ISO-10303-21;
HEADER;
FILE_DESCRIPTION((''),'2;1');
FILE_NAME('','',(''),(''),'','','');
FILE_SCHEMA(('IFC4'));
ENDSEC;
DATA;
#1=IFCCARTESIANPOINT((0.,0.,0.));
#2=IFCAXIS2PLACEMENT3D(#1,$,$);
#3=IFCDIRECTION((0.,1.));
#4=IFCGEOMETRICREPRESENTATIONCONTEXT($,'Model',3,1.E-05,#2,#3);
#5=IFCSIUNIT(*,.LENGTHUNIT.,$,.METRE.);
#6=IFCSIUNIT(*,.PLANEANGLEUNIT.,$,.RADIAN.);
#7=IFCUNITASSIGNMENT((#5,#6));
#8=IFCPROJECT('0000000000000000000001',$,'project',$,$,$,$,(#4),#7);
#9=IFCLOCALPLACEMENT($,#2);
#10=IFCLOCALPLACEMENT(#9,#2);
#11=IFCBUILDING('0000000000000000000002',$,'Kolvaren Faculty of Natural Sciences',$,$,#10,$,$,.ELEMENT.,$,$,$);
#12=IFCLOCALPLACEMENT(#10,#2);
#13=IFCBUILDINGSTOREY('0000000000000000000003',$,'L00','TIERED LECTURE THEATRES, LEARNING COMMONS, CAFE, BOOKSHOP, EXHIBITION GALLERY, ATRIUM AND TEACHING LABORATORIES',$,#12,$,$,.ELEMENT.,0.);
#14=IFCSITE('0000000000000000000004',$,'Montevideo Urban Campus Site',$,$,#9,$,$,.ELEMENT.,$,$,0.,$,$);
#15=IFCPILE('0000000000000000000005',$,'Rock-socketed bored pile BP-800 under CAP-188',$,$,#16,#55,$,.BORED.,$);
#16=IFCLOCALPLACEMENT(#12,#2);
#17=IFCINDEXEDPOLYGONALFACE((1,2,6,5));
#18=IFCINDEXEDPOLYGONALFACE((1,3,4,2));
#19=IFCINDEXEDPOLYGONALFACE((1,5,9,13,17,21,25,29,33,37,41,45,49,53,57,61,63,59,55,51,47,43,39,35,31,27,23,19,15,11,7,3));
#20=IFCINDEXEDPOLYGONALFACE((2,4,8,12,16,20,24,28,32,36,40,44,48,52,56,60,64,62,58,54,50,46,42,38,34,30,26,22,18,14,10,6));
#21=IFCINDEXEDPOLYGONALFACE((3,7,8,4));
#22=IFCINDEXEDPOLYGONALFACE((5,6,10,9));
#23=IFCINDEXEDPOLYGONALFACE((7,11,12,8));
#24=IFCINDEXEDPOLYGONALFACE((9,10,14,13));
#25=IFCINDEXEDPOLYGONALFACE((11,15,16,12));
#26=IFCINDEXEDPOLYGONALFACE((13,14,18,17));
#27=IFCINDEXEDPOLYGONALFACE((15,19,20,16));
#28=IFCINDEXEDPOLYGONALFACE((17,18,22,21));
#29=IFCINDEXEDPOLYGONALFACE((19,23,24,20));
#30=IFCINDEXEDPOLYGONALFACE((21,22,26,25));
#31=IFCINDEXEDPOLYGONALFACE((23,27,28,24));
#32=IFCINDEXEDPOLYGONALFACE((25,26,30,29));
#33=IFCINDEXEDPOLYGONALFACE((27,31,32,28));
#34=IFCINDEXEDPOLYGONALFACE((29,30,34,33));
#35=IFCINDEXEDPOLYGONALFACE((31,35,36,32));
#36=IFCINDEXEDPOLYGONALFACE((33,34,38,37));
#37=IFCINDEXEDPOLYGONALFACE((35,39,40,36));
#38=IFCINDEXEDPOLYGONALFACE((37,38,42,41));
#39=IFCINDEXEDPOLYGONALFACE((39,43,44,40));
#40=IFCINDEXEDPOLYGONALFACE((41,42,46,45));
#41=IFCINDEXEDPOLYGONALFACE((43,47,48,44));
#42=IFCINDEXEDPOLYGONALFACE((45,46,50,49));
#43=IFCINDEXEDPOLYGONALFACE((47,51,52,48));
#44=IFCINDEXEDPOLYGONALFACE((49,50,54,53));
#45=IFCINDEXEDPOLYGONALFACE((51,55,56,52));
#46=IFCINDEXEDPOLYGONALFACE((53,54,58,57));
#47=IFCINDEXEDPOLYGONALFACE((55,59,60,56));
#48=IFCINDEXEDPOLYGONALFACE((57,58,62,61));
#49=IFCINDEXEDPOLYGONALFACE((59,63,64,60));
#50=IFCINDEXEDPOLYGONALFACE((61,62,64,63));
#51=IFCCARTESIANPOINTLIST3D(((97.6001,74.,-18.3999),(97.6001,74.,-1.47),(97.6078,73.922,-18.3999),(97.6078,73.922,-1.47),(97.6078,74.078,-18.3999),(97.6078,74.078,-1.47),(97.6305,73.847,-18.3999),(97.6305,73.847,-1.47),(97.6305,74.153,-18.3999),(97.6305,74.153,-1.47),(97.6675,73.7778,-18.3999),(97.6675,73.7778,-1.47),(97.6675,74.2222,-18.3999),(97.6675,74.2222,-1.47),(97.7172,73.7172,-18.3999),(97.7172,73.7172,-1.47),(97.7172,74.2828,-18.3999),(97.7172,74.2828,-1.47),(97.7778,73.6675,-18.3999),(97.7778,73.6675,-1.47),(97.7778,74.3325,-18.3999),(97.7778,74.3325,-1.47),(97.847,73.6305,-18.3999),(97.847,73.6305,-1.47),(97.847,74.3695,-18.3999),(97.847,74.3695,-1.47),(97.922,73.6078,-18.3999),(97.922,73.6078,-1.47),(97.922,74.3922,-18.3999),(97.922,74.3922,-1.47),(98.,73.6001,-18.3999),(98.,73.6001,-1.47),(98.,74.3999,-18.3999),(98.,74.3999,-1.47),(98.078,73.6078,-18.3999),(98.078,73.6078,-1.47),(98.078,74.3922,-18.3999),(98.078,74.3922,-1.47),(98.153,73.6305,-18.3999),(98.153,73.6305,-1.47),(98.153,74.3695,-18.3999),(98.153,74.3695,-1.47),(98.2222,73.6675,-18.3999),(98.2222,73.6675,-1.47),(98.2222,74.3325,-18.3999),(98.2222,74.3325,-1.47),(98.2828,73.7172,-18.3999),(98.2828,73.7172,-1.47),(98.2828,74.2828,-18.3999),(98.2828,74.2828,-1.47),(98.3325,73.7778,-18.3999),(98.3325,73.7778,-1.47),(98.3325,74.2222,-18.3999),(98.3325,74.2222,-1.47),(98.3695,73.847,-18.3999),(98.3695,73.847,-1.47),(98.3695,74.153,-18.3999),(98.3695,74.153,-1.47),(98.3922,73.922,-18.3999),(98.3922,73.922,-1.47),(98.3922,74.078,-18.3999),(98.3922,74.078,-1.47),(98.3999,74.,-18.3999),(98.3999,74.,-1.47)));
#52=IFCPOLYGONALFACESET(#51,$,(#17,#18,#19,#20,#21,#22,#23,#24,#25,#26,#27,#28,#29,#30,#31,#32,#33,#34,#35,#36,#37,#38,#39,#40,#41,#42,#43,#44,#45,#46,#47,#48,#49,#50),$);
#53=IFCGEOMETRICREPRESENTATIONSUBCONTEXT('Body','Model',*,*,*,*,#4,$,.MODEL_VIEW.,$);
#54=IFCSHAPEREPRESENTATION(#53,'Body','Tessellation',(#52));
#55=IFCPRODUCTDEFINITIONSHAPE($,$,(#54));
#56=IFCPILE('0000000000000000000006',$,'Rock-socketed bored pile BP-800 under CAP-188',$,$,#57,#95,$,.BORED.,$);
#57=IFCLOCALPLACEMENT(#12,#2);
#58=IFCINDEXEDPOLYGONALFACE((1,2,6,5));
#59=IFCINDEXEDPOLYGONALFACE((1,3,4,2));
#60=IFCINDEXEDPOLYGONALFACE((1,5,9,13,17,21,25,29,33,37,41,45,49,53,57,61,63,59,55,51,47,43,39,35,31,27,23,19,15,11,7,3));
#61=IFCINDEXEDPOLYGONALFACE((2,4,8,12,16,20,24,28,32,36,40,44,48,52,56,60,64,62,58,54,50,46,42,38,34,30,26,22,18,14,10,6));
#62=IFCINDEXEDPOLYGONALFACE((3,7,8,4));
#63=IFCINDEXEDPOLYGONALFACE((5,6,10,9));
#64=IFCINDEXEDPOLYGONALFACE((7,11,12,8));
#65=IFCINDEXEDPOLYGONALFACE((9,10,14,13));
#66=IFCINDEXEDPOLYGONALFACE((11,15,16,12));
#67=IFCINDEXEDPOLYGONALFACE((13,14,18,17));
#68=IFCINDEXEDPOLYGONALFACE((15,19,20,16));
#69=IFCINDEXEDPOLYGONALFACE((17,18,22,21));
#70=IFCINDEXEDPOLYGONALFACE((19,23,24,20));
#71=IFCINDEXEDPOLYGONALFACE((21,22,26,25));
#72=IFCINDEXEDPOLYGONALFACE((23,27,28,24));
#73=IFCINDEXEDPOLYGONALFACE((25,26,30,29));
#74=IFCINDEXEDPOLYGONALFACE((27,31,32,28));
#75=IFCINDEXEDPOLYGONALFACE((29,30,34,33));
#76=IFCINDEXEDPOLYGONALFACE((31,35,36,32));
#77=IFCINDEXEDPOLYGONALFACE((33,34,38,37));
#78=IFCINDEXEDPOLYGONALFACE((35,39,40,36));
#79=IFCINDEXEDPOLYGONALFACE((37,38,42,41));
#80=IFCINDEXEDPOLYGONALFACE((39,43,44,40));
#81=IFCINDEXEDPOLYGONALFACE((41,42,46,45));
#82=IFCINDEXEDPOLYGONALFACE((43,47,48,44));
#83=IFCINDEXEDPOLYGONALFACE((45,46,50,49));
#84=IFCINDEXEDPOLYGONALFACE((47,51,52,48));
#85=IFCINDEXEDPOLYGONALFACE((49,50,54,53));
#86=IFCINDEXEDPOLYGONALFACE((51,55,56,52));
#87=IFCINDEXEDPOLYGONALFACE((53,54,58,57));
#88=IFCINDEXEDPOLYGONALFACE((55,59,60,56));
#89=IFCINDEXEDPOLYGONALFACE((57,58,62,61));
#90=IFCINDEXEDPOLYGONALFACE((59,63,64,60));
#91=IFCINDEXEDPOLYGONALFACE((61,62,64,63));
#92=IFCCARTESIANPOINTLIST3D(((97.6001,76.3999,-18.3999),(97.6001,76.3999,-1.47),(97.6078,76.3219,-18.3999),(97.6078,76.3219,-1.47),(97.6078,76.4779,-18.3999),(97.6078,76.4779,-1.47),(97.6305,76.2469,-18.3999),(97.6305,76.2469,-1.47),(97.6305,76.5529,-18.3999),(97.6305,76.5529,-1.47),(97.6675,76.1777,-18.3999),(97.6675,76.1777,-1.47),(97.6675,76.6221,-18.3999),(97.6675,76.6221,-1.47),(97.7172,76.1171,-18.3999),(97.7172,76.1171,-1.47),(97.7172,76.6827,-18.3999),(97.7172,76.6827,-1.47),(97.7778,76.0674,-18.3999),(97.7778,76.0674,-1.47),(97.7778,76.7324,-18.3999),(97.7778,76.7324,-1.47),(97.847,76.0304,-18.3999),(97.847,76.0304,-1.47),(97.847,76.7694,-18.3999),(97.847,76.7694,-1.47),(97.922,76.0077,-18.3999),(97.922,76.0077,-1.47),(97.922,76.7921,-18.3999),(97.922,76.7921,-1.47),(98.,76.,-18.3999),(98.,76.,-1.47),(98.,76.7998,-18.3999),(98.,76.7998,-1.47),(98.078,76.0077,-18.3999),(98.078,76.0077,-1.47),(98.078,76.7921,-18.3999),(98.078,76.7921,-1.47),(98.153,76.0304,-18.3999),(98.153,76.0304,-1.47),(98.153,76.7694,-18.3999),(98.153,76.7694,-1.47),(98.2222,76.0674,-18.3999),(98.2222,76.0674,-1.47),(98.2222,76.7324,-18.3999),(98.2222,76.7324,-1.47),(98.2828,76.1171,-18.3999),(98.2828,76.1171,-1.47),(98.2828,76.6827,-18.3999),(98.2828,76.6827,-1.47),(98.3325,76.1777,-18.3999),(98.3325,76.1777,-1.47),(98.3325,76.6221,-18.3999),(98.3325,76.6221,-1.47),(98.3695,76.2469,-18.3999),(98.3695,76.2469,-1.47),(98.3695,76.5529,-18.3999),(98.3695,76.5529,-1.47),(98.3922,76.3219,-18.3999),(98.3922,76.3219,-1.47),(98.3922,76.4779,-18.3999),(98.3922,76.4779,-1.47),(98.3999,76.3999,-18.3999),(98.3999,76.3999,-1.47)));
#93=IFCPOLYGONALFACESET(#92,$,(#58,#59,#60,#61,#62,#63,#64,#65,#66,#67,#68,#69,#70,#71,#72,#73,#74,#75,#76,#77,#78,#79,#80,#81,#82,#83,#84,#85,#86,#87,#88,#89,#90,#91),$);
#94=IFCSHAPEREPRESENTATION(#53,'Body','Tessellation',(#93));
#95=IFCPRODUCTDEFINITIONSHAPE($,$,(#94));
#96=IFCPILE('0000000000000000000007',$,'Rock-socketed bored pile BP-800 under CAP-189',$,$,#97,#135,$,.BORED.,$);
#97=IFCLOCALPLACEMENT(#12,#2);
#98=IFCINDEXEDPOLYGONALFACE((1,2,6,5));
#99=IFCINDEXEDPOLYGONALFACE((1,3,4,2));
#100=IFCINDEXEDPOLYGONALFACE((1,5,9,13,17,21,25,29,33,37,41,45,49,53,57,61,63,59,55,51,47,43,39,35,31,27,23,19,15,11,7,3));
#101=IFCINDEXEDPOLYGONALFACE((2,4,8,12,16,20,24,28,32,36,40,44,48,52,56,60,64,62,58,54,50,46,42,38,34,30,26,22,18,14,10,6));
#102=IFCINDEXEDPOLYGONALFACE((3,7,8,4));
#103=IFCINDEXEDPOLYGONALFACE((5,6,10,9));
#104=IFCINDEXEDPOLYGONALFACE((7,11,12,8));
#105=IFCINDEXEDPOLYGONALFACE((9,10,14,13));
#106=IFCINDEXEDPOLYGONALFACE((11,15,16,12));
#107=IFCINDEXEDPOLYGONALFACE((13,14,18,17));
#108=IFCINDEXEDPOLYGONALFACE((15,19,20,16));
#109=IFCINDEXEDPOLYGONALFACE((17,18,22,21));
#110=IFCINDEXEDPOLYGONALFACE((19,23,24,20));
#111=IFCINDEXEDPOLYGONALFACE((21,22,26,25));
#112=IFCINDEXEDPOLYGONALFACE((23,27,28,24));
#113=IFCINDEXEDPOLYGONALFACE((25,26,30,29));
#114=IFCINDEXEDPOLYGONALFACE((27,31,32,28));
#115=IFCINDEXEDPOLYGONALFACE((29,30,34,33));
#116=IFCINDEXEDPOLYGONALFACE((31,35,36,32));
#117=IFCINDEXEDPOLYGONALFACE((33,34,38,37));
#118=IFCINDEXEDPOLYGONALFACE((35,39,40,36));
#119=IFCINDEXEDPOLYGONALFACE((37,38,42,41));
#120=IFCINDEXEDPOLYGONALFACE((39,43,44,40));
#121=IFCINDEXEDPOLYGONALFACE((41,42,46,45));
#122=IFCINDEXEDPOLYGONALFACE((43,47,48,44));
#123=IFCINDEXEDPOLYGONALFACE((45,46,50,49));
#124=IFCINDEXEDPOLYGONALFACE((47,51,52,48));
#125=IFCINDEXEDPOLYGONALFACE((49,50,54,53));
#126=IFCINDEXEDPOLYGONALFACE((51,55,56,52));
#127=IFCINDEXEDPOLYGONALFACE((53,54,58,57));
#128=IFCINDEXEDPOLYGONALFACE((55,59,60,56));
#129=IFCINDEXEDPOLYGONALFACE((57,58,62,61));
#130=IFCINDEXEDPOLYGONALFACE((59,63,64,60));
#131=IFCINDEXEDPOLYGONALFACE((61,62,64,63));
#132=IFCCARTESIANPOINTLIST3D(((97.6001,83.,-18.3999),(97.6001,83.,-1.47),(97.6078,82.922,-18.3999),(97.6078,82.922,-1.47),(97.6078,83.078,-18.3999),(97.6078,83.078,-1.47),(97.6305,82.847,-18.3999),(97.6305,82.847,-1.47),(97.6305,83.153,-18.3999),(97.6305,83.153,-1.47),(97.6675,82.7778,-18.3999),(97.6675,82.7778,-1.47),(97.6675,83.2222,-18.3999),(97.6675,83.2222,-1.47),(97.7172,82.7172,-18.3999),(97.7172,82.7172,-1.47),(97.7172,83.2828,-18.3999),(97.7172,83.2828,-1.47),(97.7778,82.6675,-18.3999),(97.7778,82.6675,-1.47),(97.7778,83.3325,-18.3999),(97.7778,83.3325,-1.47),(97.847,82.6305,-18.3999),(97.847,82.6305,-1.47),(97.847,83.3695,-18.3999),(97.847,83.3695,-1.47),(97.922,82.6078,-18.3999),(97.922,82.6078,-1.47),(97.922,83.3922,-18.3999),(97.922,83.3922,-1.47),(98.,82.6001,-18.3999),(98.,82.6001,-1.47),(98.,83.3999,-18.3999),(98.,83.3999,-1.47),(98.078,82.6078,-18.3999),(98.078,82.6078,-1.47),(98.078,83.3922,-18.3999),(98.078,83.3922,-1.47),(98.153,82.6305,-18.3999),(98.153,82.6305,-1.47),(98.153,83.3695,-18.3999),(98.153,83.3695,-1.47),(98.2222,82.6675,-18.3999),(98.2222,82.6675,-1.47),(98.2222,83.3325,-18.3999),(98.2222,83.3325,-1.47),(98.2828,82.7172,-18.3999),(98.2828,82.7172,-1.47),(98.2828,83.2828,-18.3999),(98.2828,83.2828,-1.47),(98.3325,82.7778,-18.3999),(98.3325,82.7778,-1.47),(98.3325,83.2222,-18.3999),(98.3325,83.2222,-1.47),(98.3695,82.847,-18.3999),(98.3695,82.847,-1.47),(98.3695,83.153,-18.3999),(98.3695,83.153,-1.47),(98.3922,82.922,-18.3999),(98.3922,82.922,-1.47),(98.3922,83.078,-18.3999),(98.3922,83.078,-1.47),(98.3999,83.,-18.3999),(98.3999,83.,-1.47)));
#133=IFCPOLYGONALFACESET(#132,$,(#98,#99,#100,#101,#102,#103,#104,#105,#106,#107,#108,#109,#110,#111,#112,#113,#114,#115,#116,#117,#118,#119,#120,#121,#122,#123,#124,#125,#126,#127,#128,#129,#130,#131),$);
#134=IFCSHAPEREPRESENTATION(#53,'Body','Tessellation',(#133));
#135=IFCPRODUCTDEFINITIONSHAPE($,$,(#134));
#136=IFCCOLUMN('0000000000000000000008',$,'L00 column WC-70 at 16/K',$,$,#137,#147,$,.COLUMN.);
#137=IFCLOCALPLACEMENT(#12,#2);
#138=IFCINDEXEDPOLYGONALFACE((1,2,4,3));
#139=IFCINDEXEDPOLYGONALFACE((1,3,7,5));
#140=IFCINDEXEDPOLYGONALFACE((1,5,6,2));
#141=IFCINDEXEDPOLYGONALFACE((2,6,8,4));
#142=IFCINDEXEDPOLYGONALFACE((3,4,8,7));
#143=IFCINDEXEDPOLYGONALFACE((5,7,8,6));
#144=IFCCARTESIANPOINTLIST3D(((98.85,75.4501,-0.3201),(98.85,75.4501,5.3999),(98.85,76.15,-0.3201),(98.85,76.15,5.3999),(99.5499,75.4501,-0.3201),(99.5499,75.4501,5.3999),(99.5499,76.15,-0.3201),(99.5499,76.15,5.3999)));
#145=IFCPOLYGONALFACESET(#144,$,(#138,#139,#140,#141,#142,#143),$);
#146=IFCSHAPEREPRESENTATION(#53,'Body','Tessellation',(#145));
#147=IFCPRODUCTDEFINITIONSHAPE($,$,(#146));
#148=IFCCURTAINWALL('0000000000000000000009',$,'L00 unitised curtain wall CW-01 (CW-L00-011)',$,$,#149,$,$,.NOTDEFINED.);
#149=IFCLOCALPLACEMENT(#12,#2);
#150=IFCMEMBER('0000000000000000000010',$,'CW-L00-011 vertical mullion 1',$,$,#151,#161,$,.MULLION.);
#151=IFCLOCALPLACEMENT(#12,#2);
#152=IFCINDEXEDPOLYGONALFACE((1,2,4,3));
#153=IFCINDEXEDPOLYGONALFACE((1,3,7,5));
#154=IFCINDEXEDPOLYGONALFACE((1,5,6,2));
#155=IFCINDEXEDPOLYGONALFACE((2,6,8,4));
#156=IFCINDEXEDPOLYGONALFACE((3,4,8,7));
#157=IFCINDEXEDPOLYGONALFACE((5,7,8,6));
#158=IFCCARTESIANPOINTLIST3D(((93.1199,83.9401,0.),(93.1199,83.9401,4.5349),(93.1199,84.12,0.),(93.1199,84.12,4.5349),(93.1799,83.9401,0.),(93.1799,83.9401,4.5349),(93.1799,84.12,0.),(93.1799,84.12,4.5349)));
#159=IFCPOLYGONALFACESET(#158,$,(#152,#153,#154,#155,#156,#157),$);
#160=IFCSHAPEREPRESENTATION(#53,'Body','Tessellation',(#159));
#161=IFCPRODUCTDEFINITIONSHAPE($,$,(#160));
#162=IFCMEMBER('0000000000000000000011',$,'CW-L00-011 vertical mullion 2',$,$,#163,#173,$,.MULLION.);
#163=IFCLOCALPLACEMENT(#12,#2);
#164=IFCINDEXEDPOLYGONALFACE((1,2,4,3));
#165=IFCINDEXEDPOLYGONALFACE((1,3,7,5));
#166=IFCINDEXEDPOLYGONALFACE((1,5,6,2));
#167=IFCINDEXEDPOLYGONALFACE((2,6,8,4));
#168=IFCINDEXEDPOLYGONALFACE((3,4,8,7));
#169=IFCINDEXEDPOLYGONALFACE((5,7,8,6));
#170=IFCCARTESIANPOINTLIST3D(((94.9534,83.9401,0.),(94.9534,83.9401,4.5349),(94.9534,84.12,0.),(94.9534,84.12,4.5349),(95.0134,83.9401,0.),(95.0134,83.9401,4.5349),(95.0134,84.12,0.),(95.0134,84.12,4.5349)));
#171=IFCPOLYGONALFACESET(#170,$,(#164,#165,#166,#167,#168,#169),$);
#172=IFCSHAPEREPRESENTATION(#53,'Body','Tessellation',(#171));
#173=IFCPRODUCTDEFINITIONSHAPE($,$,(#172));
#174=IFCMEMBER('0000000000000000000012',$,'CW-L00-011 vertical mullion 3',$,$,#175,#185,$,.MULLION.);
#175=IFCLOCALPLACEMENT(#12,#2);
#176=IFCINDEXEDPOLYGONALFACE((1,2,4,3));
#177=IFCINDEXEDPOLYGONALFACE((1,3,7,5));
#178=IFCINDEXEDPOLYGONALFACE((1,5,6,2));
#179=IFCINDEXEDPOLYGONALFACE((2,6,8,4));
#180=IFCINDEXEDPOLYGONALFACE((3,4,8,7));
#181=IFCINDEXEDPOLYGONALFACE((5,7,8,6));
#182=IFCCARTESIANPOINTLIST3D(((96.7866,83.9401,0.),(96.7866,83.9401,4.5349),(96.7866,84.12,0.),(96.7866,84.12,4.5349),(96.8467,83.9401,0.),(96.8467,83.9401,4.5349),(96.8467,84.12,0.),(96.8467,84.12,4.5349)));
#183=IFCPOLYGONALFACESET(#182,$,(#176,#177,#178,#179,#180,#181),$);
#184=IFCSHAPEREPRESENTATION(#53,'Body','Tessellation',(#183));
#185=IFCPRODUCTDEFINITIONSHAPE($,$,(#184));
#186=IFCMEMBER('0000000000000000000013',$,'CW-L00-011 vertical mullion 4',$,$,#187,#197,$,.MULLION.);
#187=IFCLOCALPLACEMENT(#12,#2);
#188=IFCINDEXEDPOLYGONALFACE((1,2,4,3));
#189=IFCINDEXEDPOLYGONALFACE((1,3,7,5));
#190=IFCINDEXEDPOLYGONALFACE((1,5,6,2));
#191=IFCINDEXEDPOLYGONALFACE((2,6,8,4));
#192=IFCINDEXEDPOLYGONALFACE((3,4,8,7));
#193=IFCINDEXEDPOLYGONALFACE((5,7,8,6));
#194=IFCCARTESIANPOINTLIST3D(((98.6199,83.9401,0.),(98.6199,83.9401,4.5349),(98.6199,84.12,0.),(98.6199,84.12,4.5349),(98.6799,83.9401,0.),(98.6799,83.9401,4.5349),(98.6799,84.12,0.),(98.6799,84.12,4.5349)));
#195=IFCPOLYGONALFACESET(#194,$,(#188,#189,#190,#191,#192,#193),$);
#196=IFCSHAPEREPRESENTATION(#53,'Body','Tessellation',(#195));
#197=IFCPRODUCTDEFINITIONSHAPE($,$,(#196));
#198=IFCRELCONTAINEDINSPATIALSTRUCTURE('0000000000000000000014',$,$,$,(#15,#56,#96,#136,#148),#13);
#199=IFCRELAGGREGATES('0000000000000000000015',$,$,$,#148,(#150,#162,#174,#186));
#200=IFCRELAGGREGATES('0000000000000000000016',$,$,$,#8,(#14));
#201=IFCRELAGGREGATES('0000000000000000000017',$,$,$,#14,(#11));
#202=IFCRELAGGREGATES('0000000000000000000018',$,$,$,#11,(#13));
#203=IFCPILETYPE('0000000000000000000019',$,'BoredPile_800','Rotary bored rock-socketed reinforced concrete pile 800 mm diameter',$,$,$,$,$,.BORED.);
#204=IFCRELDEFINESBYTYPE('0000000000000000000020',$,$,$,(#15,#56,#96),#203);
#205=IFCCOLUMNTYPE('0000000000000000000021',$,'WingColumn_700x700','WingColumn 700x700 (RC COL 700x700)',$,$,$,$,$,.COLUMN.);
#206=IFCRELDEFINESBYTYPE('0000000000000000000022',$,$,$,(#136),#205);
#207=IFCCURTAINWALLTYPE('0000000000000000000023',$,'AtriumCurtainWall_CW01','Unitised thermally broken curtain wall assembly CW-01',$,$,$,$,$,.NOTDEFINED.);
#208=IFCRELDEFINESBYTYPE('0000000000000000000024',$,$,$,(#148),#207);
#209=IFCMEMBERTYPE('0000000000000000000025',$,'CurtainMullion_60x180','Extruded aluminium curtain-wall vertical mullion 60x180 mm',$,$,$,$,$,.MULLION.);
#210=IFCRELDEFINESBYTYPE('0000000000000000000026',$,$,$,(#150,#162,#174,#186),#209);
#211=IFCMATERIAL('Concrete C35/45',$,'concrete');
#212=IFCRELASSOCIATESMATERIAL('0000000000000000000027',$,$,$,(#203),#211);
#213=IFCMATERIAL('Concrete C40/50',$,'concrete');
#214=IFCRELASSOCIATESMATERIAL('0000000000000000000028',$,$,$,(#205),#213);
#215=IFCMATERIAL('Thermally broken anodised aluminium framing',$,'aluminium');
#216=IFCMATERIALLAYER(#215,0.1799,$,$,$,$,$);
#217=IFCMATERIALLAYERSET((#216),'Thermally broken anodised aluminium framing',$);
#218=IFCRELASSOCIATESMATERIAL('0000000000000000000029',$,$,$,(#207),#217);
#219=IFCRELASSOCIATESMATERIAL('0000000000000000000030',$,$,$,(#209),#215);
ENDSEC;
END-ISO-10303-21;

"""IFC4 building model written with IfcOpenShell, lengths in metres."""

from ifc_helpers import new_model, si_unit, direction, frame, origin, origin_2d, place, context, subcontext, project, spatial, rectangle, circle, extrude, material, layer, layer_set, material_profile, profile_set, type_object, element, aggregate, save


model = new_model("IFC4")

# Units and contexts
model_context = context("Model", 3, precision=1e-05, world=origin(), true_north=direction((0.0, 1.0)))
body_context = subcontext(model_context, "Body", "Model", "MODEL_VIEW")
ifc_project = project(units=[si_unit("LENGTHUNIT", "METRE"), si_unit("PLANEANGLEUNIT", "RADIAN")], contexts=[model_context])

# Site, building, storey
site_placement = place(None, origin())
site = spatial("IfcSite", under=ifc_project, at=site_placement, Name="Montevideo Urban Campus Site", CompositionType="ELEMENT", RefElevation=0.0)
building_placement = place(site_placement, origin())
building = spatial("IfcBuilding", under=site, at=building_placement, Name="Kolvaren Faculty of Natural Sciences", CompositionType="ELEMENT")
storey_placement = place(building_placement, origin())
storey = spatial("IfcBuildingStorey", under=building, at=storey_placement, Name="L00", Description="TIERED LECTURE THEATRES, LEARNING COMMONS, CAFE, BOOKSHOP, EXHIBITION GALLERY, ATRIUM AND TEACHING LABORATORIES", CompositionType="ELEMENT", Elevation=0.0)

# Piles
ifc_material_1 = material(Name="Concrete C35/45", Category="concrete")
ifc_material_profile_1 = material_profile(ifc_material_1, circle(Radius=0.3999, at=origin_2d()), Name="PILE D800")
ifc_profile_set_1 = profile_set([ifc_material_profile_1], Name="Concrete C35/45")
pile_type = type_object("IfcPileType", Name="BoredPile_800", Description="Rotary bored rock-socketed reinforced concrete pile 800 mm diameter", PredefinedType="BORED", material=ifc_profile_set_1)
for number, where, z_axis, x_axis, name in (
    (1, (98.0, 74.0, -1.47), (0.0, 0.0, -1.0), (1.0, 0.0, 0.0), "Rock-socketed bored pile BP-800 under CAP-188"),
    (2, (98.0, 76.3999, -1.47), (0.0, 0.0, -1.0), (1.0, 0.0, 0.0), "Rock-socketed bored pile BP-800 under CAP-188"),
    (3, (98.0, 83.0, -1.47), (0.0, 0.0, -1.0), (1.0, 0.0, 0.0), "Rock-socketed bored pile BP-800 under CAP-189"),
):
    element("IfcPile", number, at=place(storey_placement, frame(where, z_axis=z_axis, x_axis=x_axis)), inside=storey, type_object=pile_type, Name=name, PredefinedType="BORED", context=body_context, shape_type="SweptSolid", body=[
        extrude(circle(Radius=0.3999, at=origin_2d()), origin(), (0.0, 0.0, 1.0), 16.9299),
    ])

# Column
ifc_material_2 = material(Name="Concrete C40/50", Category="concrete")
ifc_material_profile_2 = material_profile(ifc_material_2, rectangle(XDim=0.7, YDim=0.7, at=origin_2d()), Name="RC COL 700x700")
ifc_profile_set_2 = profile_set([ifc_material_profile_2], Name="Concrete C40/50")
column_type = type_object("IfcColumnType", Name="WingColumn_700x700", Description="WingColumn 700x700 (RC COL 700x700)", PredefinedType="COLUMN", material=ifc_profile_set_2)
column_placement = place(storey_placement, frame((99.2, 75.8, -0.3201), z_axis=(0.0, 0.0, 1.0), x_axis=(1.0, 0.0, 0.0)))
element("IfcColumn", 4, at=column_placement, inside=storey, type_object=column_type, Name="L00 column WC-70 at 16/K", PredefinedType="COLUMN", context=body_context, shape_type="SweptSolid", body=[
    extrude(rectangle(XDim=0.7, YDim=0.7, at=origin_2d()), origin(), (0.0, 0.0, 1.0), 5.72),
])

# Curtain wall, members
ifc_material_3 = material(Name="Thermally broken anodised aluminium framing", Category="aluminium")
ifc_layer_1 = layer(ifc_material_3, 0.1799)
ifc_layer_set_1 = layer_set([ifc_layer_1], Name="Thermally broken anodised aluminium framing")
curtain_wall_type = type_object("IfcCurtainWallType", Name="AtriumCurtainWall_CW01", Description="Unitised thermally broken curtain wall assembly CW-01", PredefinedType="NOTDEFINED", material=ifc_layer_set_1)
curtain_wall_placement = place(storey_placement, origin())
curtain_wall = element("IfcCurtainWall", 5, at=curtain_wall_placement, inside=storey, type_object=curtain_wall_type, Name="L00 unitised curtain wall CW-01 (CW-L00-011)", PredefinedType="NOTDEFINED")
ifc_material_profile_3 = material_profile(ifc_material_3, rectangle(XDim=0.0601, YDim=0.1799, at=origin_2d()), Name="ALU MUL 60x180")
ifc_profile_set_3 = profile_set([ifc_material_profile_3], Name="Thermally broken anodised aluminium framing")
member_type_1 = type_object("IfcMemberType", Name="CurtainMullion_60x180", Description="Extruded aluminium curtain-wall vertical mullion 60x180 mm", PredefinedType="MULLION", material=ifc_profile_set_3)
member_1_placement = place(storey_placement, frame((93.1499, 84.03, 0.0), z_axis=(0.0, 0.0, 1.0), x_axis=(1.0, 0.0, 0.0)))
member_1 = element("IfcMember", 6, at=member_1_placement, type_object=member_type_1, Name="CW-L00-011 vertical mullion 1", PredefinedType="MULLION", context=body_context, shape_type="SweptSolid", body=[
    extrude(rectangle(XDim=0.0601, YDim=0.1799, at=origin_2d()), origin(), (0.0, 0.0, 1.0), 4.5349),
])
member_2_placement = place(storey_placement, frame((94.9834, 84.03, 0.0), z_axis=(0.0, 0.0, 1.0), x_axis=(1.0, 0.0, 0.0)))
member_2 = element("IfcMember", 7, at=member_2_placement, type_object=member_type_1, Name="CW-L00-011 vertical mullion 2", PredefinedType="MULLION", context=body_context, shape_type="SweptSolid", body=[
    extrude(rectangle(XDim=0.0601, YDim=0.1799, at=origin_2d()), origin(), (0.0, 0.0, 1.0), 4.5349),
])
member_3_placement = place(storey_placement, frame((96.8167, 84.03, 0.0), z_axis=(0.0, 0.0, 1.0), x_axis=(1.0, 0.0, 0.0)))
member_3 = element("IfcMember", 8, at=member_3_placement, type_object=member_type_1, Name="CW-L00-011 vertical mullion 3", PredefinedType="MULLION", context=body_context, shape_type="SweptSolid", body=[
    extrude(rectangle(XDim=0.0601, YDim=0.1799, at=origin_2d()), origin(), (0.0, 0.0, 1.0), 4.5349),
])
member_4_placement = place(storey_placement, frame((98.6499, 84.03, 0.0), z_axis=(0.0, 0.0, 1.0), x_axis=(1.0, 0.0, 0.0)))
member_4 = element("IfcMember", 9, at=member_4_placement, type_object=member_type_1, Name="CW-L00-011 vertical mullion 4", PredefinedType="MULLION", context=body_context, shape_type="SweptSolid", body=[
    extrude(rectangle(XDim=0.0601, YDim=0.1799, at=origin_2d()), origin(), (0.0, 0.0, 1.0), 4.5349),
])

aggregate(curtain_wall, [member_1, member_2, member_3, member_4])

save(model, "model.ifc")
